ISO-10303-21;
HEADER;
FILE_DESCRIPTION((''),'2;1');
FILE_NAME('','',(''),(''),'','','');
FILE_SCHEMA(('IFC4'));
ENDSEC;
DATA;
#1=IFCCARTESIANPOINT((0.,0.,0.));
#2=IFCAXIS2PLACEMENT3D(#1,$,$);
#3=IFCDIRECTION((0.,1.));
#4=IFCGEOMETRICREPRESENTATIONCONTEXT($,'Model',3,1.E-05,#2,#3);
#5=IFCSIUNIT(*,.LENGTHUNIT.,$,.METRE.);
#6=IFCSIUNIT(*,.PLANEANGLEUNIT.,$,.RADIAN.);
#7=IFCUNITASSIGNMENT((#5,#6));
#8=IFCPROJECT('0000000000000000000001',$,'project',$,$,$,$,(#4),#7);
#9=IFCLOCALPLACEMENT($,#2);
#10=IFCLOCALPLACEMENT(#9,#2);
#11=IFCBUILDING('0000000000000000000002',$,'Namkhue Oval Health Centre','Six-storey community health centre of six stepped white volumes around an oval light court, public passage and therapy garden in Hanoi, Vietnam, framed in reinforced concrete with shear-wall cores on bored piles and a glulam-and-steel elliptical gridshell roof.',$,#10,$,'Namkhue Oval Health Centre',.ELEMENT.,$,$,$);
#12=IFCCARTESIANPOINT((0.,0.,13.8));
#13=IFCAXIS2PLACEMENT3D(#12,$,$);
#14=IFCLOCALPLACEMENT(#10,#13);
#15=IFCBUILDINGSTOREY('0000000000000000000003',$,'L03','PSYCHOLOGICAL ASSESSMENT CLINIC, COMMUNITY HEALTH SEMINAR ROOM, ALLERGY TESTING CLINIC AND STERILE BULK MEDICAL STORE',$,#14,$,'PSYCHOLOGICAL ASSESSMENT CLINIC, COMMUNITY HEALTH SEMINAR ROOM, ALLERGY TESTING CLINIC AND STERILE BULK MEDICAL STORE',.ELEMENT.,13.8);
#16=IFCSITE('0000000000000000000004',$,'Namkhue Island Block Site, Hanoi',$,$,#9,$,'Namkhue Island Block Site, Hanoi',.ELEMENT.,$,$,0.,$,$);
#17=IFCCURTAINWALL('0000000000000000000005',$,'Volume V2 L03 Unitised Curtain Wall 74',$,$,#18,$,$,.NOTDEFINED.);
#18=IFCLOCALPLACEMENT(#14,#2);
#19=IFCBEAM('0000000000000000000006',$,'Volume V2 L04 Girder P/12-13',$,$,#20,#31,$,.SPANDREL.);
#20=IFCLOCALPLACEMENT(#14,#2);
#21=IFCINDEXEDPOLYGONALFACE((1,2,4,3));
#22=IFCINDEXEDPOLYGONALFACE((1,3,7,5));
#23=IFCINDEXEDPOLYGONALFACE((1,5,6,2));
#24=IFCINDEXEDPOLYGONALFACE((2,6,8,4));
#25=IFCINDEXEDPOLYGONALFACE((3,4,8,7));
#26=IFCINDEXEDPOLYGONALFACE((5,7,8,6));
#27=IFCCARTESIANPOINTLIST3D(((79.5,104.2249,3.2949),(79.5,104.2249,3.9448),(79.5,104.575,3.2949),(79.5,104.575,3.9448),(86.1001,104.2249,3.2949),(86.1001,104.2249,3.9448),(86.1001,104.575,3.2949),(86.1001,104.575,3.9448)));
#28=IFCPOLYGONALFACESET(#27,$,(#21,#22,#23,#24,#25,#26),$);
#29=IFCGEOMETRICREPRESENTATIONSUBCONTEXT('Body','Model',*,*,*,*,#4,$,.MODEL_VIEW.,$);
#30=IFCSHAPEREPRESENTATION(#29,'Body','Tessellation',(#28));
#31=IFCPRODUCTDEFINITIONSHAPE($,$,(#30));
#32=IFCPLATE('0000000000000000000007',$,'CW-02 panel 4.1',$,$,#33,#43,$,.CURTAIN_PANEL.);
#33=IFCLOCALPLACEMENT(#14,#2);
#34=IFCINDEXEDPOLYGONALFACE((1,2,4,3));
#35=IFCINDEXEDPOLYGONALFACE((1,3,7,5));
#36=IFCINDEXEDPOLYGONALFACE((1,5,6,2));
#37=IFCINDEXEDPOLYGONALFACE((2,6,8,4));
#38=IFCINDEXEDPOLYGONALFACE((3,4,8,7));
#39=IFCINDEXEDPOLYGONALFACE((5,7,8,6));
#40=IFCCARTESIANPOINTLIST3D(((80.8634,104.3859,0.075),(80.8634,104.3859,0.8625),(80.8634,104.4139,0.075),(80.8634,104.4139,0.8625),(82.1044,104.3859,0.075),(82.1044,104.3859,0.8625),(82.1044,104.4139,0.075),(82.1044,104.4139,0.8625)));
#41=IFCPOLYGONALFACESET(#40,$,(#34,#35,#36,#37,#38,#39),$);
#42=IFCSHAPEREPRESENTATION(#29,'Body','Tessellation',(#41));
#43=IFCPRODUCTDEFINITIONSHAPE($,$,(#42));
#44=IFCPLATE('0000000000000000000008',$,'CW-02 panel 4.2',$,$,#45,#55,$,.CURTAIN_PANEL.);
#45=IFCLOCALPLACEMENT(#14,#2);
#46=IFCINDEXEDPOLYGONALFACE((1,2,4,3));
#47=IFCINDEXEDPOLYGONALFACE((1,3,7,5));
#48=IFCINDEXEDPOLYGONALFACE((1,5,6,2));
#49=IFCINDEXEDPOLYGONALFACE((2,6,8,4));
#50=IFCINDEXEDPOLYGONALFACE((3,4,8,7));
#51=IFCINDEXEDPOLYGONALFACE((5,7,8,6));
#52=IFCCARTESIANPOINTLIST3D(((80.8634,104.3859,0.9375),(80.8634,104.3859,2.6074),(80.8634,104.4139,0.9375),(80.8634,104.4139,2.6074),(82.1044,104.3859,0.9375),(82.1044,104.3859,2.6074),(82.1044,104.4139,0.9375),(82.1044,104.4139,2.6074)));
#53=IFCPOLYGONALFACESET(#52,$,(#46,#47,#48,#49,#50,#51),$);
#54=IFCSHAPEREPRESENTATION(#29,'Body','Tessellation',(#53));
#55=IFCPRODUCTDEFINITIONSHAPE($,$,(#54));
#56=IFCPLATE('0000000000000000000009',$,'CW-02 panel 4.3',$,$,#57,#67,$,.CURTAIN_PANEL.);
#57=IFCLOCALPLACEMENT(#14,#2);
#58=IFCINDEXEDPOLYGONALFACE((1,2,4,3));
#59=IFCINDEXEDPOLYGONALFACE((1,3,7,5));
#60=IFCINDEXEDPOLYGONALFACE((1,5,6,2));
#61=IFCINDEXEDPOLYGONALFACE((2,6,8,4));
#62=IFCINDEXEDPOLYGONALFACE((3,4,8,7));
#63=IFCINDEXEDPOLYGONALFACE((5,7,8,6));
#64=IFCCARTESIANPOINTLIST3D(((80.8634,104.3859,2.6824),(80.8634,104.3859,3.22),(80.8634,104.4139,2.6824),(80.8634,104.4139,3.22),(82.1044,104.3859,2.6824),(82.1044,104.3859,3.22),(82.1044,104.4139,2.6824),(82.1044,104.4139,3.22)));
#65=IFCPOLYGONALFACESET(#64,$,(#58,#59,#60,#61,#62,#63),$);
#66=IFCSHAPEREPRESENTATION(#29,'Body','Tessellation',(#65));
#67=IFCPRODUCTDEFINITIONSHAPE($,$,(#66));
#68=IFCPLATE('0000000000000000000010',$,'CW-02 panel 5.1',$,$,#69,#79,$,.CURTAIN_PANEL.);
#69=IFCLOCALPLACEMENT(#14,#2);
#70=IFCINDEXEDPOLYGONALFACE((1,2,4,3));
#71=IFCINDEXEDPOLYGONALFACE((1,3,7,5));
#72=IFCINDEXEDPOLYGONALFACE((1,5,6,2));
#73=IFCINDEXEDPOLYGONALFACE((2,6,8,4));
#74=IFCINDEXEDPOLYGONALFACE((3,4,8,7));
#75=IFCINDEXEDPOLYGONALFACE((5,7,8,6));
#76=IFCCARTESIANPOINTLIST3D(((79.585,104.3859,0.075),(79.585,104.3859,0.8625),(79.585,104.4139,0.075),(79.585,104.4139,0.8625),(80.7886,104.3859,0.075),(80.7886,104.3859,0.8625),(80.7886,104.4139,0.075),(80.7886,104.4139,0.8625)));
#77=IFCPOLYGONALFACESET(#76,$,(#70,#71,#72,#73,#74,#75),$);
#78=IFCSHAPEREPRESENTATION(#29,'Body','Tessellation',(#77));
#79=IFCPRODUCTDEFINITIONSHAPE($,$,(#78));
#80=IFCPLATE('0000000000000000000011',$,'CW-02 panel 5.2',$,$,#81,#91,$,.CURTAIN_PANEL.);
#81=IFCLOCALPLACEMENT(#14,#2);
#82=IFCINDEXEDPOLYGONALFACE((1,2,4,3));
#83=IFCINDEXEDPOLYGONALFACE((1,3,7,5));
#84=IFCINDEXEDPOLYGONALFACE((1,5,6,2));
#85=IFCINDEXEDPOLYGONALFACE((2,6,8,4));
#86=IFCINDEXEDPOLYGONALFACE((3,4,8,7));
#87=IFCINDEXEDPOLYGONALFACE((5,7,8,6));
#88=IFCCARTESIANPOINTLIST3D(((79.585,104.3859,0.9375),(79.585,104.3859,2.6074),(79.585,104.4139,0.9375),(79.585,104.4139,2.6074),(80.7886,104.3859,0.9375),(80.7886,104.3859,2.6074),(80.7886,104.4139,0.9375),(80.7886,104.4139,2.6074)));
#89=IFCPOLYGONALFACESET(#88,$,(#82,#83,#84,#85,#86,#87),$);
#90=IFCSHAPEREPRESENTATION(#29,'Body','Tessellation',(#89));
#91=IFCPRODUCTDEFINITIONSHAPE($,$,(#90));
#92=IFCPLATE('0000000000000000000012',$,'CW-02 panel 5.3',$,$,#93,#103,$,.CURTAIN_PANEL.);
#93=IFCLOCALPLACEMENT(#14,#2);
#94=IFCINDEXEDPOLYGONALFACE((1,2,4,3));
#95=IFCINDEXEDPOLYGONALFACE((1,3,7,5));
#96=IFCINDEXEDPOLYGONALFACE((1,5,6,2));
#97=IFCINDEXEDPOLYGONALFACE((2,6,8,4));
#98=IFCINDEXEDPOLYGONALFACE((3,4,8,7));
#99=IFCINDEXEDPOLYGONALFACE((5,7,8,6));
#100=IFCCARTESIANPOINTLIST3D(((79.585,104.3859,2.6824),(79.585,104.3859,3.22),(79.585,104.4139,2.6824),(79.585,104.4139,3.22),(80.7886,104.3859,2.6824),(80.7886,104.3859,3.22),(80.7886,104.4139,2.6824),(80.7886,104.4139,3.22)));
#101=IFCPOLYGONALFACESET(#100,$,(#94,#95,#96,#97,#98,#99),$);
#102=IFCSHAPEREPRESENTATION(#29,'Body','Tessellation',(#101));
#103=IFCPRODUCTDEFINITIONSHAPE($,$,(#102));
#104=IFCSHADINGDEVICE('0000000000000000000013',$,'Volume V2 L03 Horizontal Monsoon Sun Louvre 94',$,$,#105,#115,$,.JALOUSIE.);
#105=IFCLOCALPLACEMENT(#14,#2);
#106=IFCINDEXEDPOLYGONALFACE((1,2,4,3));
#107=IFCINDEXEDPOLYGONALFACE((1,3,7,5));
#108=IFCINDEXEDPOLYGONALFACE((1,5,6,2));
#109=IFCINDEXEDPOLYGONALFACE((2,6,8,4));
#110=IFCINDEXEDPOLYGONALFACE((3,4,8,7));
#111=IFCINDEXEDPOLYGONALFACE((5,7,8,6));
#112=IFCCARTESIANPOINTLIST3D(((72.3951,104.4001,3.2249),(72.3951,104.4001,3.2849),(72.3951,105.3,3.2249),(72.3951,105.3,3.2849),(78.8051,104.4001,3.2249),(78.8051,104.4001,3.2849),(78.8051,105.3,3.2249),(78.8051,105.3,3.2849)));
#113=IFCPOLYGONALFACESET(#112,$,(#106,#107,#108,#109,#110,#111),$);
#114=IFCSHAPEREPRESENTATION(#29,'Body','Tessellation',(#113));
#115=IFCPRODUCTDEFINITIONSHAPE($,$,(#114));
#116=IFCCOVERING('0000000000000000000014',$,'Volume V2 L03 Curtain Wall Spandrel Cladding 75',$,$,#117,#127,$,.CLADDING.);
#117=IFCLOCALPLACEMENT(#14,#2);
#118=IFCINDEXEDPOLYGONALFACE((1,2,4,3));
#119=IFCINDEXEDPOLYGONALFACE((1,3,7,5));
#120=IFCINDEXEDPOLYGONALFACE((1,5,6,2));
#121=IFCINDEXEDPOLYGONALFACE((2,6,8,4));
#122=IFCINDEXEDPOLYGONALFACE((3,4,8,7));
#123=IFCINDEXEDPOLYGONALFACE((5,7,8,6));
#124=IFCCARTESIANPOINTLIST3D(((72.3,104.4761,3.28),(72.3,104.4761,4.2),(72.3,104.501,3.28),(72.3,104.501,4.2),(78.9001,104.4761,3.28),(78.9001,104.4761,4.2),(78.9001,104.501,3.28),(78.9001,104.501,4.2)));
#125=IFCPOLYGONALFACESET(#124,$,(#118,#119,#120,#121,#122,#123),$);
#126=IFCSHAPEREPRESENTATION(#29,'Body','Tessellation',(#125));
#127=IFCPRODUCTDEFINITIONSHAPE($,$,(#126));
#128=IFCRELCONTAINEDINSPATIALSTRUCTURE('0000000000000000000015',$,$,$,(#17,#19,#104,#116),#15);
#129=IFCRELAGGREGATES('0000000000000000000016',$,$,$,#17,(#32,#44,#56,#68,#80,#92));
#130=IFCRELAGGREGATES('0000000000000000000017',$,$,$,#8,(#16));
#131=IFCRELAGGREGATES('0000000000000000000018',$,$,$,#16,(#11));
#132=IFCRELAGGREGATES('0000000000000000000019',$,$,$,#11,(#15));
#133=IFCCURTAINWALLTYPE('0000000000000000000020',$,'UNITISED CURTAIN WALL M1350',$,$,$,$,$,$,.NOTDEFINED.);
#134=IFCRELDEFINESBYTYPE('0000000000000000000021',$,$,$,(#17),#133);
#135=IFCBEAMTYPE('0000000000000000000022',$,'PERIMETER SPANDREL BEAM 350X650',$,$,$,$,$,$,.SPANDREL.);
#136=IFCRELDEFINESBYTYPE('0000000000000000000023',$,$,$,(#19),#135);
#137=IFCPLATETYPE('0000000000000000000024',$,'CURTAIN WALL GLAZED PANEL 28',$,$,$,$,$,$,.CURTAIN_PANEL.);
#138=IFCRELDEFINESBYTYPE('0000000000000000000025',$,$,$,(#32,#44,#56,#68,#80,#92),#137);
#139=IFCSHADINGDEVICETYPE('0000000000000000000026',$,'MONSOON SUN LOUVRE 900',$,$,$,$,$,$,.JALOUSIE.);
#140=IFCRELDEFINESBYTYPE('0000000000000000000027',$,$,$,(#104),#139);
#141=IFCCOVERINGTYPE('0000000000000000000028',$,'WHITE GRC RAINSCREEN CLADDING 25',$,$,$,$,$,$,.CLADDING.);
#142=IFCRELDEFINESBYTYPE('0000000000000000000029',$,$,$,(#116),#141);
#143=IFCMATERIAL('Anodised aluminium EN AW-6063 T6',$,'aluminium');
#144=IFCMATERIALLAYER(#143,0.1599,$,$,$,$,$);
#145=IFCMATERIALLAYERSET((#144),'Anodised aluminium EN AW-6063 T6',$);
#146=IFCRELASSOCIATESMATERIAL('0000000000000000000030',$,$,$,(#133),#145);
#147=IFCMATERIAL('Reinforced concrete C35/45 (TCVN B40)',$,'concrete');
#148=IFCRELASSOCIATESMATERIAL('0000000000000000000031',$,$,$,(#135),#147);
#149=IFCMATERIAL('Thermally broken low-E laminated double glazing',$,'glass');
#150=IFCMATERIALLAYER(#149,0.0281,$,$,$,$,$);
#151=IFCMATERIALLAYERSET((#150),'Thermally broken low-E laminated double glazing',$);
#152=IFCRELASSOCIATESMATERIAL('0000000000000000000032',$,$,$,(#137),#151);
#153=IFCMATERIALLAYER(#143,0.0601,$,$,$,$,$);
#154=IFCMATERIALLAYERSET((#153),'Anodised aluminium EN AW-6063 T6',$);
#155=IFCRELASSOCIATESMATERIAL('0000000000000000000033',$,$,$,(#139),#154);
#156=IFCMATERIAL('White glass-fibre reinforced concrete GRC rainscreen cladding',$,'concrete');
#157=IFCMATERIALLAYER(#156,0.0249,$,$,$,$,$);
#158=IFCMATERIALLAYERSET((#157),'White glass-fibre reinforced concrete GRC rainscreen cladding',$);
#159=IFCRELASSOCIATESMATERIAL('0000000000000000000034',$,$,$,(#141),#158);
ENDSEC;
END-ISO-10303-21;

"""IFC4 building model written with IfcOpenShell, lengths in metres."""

from ifc_helpers import new_model, si_unit, direction, frame, origin, origin_2d, place, context, subcontext, project, spatial, rectangle, extrude, material, layer, layer_set, material_profile, profile_set, type_object, element, aggregate, save


model = new_model("IFC4")

# Units and contexts
model_context = context("Model", 3, precision=1e-05, world=origin(), true_north=direction((0.0, 1.0)))
body_context = subcontext(model_context, "Body", "Model", "MODEL_VIEW")
ifc_project = project(units=[si_unit("LENGTHUNIT", "METRE"), si_unit("PLANEANGLEUNIT", "RADIAN")], contexts=[model_context])

# Site, building, storey
site_placement = place(None, origin())
site = spatial("IfcSite", under=ifc_project, at=site_placement, Name="Namkhue Island Block Site, Hanoi", LongName="Namkhue Island Block Site, Hanoi", CompositionType="ELEMENT", RefElevation=0.0)
building_placement = place(site_placement, origin())
building = spatial("IfcBuilding", under=site, at=building_placement, Name="Namkhue Oval Health Centre", Description="Six-storey community health centre of six stepped white volumes around an oval light court, public passage and therapy garden in Hanoi, Vietnam, framed in reinforced concrete with shear-wall cores on bored piles and a glulam-and-steel elliptical gridshell roof.", LongName="Namkhue Oval Health Centre", CompositionType="ELEMENT")
storey_placement = place(building_placement, frame((0.0, 0.0, 13.8)))
storey = spatial("IfcBuildingStorey", under=building, at=storey_placement, Name="L03", Description="PSYCHOLOGICAL ASSESSMENT CLINIC, COMMUNITY HEALTH SEMINAR ROOM, ALLERGY TESTING CLINIC AND STERILE BULK MEDICAL STORE", LongName="PSYCHOLOGICAL ASSESSMENT CLINIC, COMMUNITY HEALTH SEMINAR ROOM, ALLERGY TESTING CLINIC AND STERILE BULK MEDICAL STORE", CompositionType="ELEMENT", Elevation=13.8)

# Shared definitions
ifc_material_1 = material(Name="Reinforced concrete C35/45 (TCVN B40)", Category="concrete")

# Shared definitions
ifc_material_2 = material(Name="Anodised aluminium EN AW-6063 T6", Category="aluminium")

# Curtain wall
ifc_layer_1 = layer(ifc_material_2, 0.1599)
ifc_layer_set_1 = layer_set([ifc_layer_1], Name="Anodised aluminium EN AW-6063 T6")
curtain_wall_type_1 = type_object("IfcCurtainWallType", Name="UNITISED CURTAIN WALL M1350", PredefinedType="NOTDEFINED", material=ifc_layer_set_1)
curtain_wall_1_placement = place(storey_placement, origin())
curtain_wall_1 = element("IfcCurtainWall", 1, at=curtain_wall_1_placement, inside=storey, type_object=curtain_wall_type_1, Name="Volume V2 L03 Unitised Curtain Wall 74", PredefinedType="NOTDEFINED")

# Beam
ifc_material_profile_1 = material_profile(ifc_material_1, rectangle(XDim=0.3501, YDim=0.6499, at=origin_2d()), Name="RC 350x650")
ifc_profile_set_1 = profile_set([ifc_material_profile_1], Name="Reinforced concrete C35/45 (TCVN B40)")
beam_type = type_object("IfcBeamType", Name="PERIMETER SPANDREL BEAM 350X650", PredefinedType="SPANDREL", material=ifc_profile_set_1)
beam_placement = place(storey_placement, frame((79.5, 104.3999, 3.6199), z_axis=(1.0, 0.0, 0.0), x_axis=(0.0, 1.0, 0.0)))
element("IfcBeam", 2, at=beam_placement, inside=storey, type_object=beam_type, Name="Volume V2 L04 Girder P/12-13", PredefinedType="SPANDREL", context=body_context, shape_type="SweptSolid", body=[
    extrude(rectangle(XDim=0.3501, YDim=0.6499, at=origin_2d()), origin(), (0.0, 0.0, 1.0), 6.6001),
])

# Plates
ifc_material_3 = material(Name="Thermally broken low-E laminated double glazing", Category="glass")
ifc_layer_2 = layer(ifc_material_3, 0.0281)
ifc_layer_set_2 = layer_set([ifc_layer_2], Name="Thermally broken low-E laminated double glazing")
plate_type = type_object("IfcPlateType", Name="CURTAIN WALL GLAZED PANEL 28", PredefinedType="CURTAIN_PANEL", material=ifc_layer_set_2)
plate_1_placement = place(storey_placement, frame((81.4839, 104.3999, 0.075), z_axis=(0.0, 0.0, 1.0), x_axis=(-1.0, 0.0, 0.0)))
plate_1 = element("IfcPlate", 3, at=plate_1_placement, type_object=plate_type, Name="CW-02 panel 4.1", PredefinedType="CURTAIN_PANEL", context=body_context, shape_type="SweptSolid", body=[
    extrude(rectangle(XDim=1.241, YDim=0.0281, at=origin_2d()), origin(), (0.0, 0.0, 1.0), 0.7876),
])
plate_2_placement = place(storey_placement, frame((81.4839, 104.3999, 0.9375), z_axis=(0.0, 0.0, 1.0), x_axis=(-1.0, 0.0, 0.0)))
plate_2 = element("IfcPlate", 4, at=plate_2_placement, type_object=plate_type, Name="CW-02 panel 4.2", PredefinedType="CURTAIN_PANEL", context=body_context, shape_type="SweptSolid", body=[
    extrude(rectangle(XDim=1.241, YDim=0.0281, at=origin_2d()), origin(), (0.0, 0.0, 1.0), 1.6699),
])
plate_3_placement = place(storey_placement, frame((81.4839, 104.3999, 2.6824), z_axis=(0.0, 0.0, 1.0), x_axis=(-1.0, 0.0, 0.0)))
plate_3 = element("IfcPlate", 5, at=plate_3_placement, type_object=plate_type, Name="CW-02 panel 4.3", PredefinedType="CURTAIN_PANEL", context=body_context, shape_type="SweptSolid", body=[
    extrude(rectangle(XDim=1.241, YDim=0.0281, at=origin_2d()), origin(), (0.0, 0.0, 1.0), 0.5376),
])
plate_4_placement = place(storey_placement, frame((80.1868, 104.3999, 0.075), z_axis=(0.0, 0.0, 1.0), x_axis=(-1.0, 0.0, 0.0)))
plate_4 = element("IfcPlate", 6, at=plate_4_placement, type_object=plate_type, Name="CW-02 panel 5.1", PredefinedType="CURTAIN_PANEL", context=body_context, shape_type="SweptSolid", body=[
    extrude(rectangle(XDim=1.2036, YDim=0.0281, at=origin_2d()), origin(), (0.0, 0.0, 1.0), 0.7876),
])
plate_5_placement = place(storey_placement, frame((80.1868, 104.3999, 0.9375), z_axis=(0.0, 0.0, 1.0), x_axis=(-1.0, 0.0, 0.0)))
plate_5 = element("IfcPlate", 7, at=plate_5_placement, type_object=plate_type, Name="CW-02 panel 5.2", PredefinedType="CURTAIN_PANEL", context=body_context, shape_type="SweptSolid", body=[
    extrude(rectangle(XDim=1.2036, YDim=0.0281, at=origin_2d()), origin(), (0.0, 0.0, 1.0), 1.6699),
])
plate_6_placement = place(storey_placement, frame((80.1868, 104.3999, 2.6824), z_axis=(0.0, 0.0, 1.0), x_axis=(-1.0, 0.0, 0.0)))
plate_6 = element("IfcPlate", 8, at=plate_6_placement, type_object=plate_type, Name="CW-02 panel 5.3", PredefinedType="CURTAIN_PANEL", context=body_context, shape_type="SweptSolid", body=[
    extrude(rectangle(XDim=1.2036, YDim=0.0281, at=origin_2d()), origin(), (0.0, 0.0, 1.0), 0.5376),
])
aggregate(curtain_wall_1, [plate_1, plate_2, plate_3, plate_4, plate_5, plate_6])

# Shading device
ifc_layer_3 = layer(ifc_material_2, 0.0601)
ifc_layer_set_3 = layer_set([ifc_layer_3], Name="Anodised aluminium EN AW-6063 T6")
shading_device_type = type_object("IfcShadingDeviceType", Name="MONSOON SUN LOUVRE 900", PredefinedType="JALOUSIE", material=ifc_layer_set_3)
shading_device_placement = place(storey_placement, frame((75.6001, 104.8501, 3.2249), z_axis=(0.0, 0.0, 1.0), x_axis=(-1.0, 0.0, 0.0)))
element("IfcShadingDevice", 9, at=shading_device_placement, inside=storey, type_object=shading_device_type, Name="Volume V2 L03 Horizontal Monsoon Sun Louvre 94", PredefinedType="JALOUSIE", context=body_context, shape_type="SweptSolid", body=[
    extrude(rectangle(XDim=6.4099, YDim=0.8999, at=origin_2d()), origin(), (0.0, 0.0, 1.0), 0.0601),
])

# Covering
ifc_material_4 = material(Name="White glass-fibre reinforced concrete GRC rainscreen cladding", Category="concrete")
ifc_layer_4 = layer(ifc_material_4, 0.0249)
ifc_layer_set_4 = layer_set([ifc_layer_4], Name="White glass-fibre reinforced concrete GRC rainscreen cladding")
covering_type = type_object("IfcCoveringType", Name="WHITE GRC RAINSCREEN CLADDING 25", PredefinedType="CLADDING", material=ifc_layer_set_4)
covering_placement = place(storey_placement, frame((75.6001, 104.4885, 3.28), z_axis=(0.0, 0.0, 1.0), x_axis=(-1.0, 0.0, 0.0)))
element("IfcCovering", 10, at=covering_placement, inside=storey, type_object=covering_type, Name="Volume V2 L03 Curtain Wall Spandrel Cladding 75", PredefinedType="CLADDING", context=body_context, shape_type="SweptSolid", body=[
    extrude(rectangle(XDim=6.6001, YDim=0.0249, at=origin_2d()), origin(), (0.0, 0.0, 1.0), 0.9199),
])

save(model, "model.ifc")
